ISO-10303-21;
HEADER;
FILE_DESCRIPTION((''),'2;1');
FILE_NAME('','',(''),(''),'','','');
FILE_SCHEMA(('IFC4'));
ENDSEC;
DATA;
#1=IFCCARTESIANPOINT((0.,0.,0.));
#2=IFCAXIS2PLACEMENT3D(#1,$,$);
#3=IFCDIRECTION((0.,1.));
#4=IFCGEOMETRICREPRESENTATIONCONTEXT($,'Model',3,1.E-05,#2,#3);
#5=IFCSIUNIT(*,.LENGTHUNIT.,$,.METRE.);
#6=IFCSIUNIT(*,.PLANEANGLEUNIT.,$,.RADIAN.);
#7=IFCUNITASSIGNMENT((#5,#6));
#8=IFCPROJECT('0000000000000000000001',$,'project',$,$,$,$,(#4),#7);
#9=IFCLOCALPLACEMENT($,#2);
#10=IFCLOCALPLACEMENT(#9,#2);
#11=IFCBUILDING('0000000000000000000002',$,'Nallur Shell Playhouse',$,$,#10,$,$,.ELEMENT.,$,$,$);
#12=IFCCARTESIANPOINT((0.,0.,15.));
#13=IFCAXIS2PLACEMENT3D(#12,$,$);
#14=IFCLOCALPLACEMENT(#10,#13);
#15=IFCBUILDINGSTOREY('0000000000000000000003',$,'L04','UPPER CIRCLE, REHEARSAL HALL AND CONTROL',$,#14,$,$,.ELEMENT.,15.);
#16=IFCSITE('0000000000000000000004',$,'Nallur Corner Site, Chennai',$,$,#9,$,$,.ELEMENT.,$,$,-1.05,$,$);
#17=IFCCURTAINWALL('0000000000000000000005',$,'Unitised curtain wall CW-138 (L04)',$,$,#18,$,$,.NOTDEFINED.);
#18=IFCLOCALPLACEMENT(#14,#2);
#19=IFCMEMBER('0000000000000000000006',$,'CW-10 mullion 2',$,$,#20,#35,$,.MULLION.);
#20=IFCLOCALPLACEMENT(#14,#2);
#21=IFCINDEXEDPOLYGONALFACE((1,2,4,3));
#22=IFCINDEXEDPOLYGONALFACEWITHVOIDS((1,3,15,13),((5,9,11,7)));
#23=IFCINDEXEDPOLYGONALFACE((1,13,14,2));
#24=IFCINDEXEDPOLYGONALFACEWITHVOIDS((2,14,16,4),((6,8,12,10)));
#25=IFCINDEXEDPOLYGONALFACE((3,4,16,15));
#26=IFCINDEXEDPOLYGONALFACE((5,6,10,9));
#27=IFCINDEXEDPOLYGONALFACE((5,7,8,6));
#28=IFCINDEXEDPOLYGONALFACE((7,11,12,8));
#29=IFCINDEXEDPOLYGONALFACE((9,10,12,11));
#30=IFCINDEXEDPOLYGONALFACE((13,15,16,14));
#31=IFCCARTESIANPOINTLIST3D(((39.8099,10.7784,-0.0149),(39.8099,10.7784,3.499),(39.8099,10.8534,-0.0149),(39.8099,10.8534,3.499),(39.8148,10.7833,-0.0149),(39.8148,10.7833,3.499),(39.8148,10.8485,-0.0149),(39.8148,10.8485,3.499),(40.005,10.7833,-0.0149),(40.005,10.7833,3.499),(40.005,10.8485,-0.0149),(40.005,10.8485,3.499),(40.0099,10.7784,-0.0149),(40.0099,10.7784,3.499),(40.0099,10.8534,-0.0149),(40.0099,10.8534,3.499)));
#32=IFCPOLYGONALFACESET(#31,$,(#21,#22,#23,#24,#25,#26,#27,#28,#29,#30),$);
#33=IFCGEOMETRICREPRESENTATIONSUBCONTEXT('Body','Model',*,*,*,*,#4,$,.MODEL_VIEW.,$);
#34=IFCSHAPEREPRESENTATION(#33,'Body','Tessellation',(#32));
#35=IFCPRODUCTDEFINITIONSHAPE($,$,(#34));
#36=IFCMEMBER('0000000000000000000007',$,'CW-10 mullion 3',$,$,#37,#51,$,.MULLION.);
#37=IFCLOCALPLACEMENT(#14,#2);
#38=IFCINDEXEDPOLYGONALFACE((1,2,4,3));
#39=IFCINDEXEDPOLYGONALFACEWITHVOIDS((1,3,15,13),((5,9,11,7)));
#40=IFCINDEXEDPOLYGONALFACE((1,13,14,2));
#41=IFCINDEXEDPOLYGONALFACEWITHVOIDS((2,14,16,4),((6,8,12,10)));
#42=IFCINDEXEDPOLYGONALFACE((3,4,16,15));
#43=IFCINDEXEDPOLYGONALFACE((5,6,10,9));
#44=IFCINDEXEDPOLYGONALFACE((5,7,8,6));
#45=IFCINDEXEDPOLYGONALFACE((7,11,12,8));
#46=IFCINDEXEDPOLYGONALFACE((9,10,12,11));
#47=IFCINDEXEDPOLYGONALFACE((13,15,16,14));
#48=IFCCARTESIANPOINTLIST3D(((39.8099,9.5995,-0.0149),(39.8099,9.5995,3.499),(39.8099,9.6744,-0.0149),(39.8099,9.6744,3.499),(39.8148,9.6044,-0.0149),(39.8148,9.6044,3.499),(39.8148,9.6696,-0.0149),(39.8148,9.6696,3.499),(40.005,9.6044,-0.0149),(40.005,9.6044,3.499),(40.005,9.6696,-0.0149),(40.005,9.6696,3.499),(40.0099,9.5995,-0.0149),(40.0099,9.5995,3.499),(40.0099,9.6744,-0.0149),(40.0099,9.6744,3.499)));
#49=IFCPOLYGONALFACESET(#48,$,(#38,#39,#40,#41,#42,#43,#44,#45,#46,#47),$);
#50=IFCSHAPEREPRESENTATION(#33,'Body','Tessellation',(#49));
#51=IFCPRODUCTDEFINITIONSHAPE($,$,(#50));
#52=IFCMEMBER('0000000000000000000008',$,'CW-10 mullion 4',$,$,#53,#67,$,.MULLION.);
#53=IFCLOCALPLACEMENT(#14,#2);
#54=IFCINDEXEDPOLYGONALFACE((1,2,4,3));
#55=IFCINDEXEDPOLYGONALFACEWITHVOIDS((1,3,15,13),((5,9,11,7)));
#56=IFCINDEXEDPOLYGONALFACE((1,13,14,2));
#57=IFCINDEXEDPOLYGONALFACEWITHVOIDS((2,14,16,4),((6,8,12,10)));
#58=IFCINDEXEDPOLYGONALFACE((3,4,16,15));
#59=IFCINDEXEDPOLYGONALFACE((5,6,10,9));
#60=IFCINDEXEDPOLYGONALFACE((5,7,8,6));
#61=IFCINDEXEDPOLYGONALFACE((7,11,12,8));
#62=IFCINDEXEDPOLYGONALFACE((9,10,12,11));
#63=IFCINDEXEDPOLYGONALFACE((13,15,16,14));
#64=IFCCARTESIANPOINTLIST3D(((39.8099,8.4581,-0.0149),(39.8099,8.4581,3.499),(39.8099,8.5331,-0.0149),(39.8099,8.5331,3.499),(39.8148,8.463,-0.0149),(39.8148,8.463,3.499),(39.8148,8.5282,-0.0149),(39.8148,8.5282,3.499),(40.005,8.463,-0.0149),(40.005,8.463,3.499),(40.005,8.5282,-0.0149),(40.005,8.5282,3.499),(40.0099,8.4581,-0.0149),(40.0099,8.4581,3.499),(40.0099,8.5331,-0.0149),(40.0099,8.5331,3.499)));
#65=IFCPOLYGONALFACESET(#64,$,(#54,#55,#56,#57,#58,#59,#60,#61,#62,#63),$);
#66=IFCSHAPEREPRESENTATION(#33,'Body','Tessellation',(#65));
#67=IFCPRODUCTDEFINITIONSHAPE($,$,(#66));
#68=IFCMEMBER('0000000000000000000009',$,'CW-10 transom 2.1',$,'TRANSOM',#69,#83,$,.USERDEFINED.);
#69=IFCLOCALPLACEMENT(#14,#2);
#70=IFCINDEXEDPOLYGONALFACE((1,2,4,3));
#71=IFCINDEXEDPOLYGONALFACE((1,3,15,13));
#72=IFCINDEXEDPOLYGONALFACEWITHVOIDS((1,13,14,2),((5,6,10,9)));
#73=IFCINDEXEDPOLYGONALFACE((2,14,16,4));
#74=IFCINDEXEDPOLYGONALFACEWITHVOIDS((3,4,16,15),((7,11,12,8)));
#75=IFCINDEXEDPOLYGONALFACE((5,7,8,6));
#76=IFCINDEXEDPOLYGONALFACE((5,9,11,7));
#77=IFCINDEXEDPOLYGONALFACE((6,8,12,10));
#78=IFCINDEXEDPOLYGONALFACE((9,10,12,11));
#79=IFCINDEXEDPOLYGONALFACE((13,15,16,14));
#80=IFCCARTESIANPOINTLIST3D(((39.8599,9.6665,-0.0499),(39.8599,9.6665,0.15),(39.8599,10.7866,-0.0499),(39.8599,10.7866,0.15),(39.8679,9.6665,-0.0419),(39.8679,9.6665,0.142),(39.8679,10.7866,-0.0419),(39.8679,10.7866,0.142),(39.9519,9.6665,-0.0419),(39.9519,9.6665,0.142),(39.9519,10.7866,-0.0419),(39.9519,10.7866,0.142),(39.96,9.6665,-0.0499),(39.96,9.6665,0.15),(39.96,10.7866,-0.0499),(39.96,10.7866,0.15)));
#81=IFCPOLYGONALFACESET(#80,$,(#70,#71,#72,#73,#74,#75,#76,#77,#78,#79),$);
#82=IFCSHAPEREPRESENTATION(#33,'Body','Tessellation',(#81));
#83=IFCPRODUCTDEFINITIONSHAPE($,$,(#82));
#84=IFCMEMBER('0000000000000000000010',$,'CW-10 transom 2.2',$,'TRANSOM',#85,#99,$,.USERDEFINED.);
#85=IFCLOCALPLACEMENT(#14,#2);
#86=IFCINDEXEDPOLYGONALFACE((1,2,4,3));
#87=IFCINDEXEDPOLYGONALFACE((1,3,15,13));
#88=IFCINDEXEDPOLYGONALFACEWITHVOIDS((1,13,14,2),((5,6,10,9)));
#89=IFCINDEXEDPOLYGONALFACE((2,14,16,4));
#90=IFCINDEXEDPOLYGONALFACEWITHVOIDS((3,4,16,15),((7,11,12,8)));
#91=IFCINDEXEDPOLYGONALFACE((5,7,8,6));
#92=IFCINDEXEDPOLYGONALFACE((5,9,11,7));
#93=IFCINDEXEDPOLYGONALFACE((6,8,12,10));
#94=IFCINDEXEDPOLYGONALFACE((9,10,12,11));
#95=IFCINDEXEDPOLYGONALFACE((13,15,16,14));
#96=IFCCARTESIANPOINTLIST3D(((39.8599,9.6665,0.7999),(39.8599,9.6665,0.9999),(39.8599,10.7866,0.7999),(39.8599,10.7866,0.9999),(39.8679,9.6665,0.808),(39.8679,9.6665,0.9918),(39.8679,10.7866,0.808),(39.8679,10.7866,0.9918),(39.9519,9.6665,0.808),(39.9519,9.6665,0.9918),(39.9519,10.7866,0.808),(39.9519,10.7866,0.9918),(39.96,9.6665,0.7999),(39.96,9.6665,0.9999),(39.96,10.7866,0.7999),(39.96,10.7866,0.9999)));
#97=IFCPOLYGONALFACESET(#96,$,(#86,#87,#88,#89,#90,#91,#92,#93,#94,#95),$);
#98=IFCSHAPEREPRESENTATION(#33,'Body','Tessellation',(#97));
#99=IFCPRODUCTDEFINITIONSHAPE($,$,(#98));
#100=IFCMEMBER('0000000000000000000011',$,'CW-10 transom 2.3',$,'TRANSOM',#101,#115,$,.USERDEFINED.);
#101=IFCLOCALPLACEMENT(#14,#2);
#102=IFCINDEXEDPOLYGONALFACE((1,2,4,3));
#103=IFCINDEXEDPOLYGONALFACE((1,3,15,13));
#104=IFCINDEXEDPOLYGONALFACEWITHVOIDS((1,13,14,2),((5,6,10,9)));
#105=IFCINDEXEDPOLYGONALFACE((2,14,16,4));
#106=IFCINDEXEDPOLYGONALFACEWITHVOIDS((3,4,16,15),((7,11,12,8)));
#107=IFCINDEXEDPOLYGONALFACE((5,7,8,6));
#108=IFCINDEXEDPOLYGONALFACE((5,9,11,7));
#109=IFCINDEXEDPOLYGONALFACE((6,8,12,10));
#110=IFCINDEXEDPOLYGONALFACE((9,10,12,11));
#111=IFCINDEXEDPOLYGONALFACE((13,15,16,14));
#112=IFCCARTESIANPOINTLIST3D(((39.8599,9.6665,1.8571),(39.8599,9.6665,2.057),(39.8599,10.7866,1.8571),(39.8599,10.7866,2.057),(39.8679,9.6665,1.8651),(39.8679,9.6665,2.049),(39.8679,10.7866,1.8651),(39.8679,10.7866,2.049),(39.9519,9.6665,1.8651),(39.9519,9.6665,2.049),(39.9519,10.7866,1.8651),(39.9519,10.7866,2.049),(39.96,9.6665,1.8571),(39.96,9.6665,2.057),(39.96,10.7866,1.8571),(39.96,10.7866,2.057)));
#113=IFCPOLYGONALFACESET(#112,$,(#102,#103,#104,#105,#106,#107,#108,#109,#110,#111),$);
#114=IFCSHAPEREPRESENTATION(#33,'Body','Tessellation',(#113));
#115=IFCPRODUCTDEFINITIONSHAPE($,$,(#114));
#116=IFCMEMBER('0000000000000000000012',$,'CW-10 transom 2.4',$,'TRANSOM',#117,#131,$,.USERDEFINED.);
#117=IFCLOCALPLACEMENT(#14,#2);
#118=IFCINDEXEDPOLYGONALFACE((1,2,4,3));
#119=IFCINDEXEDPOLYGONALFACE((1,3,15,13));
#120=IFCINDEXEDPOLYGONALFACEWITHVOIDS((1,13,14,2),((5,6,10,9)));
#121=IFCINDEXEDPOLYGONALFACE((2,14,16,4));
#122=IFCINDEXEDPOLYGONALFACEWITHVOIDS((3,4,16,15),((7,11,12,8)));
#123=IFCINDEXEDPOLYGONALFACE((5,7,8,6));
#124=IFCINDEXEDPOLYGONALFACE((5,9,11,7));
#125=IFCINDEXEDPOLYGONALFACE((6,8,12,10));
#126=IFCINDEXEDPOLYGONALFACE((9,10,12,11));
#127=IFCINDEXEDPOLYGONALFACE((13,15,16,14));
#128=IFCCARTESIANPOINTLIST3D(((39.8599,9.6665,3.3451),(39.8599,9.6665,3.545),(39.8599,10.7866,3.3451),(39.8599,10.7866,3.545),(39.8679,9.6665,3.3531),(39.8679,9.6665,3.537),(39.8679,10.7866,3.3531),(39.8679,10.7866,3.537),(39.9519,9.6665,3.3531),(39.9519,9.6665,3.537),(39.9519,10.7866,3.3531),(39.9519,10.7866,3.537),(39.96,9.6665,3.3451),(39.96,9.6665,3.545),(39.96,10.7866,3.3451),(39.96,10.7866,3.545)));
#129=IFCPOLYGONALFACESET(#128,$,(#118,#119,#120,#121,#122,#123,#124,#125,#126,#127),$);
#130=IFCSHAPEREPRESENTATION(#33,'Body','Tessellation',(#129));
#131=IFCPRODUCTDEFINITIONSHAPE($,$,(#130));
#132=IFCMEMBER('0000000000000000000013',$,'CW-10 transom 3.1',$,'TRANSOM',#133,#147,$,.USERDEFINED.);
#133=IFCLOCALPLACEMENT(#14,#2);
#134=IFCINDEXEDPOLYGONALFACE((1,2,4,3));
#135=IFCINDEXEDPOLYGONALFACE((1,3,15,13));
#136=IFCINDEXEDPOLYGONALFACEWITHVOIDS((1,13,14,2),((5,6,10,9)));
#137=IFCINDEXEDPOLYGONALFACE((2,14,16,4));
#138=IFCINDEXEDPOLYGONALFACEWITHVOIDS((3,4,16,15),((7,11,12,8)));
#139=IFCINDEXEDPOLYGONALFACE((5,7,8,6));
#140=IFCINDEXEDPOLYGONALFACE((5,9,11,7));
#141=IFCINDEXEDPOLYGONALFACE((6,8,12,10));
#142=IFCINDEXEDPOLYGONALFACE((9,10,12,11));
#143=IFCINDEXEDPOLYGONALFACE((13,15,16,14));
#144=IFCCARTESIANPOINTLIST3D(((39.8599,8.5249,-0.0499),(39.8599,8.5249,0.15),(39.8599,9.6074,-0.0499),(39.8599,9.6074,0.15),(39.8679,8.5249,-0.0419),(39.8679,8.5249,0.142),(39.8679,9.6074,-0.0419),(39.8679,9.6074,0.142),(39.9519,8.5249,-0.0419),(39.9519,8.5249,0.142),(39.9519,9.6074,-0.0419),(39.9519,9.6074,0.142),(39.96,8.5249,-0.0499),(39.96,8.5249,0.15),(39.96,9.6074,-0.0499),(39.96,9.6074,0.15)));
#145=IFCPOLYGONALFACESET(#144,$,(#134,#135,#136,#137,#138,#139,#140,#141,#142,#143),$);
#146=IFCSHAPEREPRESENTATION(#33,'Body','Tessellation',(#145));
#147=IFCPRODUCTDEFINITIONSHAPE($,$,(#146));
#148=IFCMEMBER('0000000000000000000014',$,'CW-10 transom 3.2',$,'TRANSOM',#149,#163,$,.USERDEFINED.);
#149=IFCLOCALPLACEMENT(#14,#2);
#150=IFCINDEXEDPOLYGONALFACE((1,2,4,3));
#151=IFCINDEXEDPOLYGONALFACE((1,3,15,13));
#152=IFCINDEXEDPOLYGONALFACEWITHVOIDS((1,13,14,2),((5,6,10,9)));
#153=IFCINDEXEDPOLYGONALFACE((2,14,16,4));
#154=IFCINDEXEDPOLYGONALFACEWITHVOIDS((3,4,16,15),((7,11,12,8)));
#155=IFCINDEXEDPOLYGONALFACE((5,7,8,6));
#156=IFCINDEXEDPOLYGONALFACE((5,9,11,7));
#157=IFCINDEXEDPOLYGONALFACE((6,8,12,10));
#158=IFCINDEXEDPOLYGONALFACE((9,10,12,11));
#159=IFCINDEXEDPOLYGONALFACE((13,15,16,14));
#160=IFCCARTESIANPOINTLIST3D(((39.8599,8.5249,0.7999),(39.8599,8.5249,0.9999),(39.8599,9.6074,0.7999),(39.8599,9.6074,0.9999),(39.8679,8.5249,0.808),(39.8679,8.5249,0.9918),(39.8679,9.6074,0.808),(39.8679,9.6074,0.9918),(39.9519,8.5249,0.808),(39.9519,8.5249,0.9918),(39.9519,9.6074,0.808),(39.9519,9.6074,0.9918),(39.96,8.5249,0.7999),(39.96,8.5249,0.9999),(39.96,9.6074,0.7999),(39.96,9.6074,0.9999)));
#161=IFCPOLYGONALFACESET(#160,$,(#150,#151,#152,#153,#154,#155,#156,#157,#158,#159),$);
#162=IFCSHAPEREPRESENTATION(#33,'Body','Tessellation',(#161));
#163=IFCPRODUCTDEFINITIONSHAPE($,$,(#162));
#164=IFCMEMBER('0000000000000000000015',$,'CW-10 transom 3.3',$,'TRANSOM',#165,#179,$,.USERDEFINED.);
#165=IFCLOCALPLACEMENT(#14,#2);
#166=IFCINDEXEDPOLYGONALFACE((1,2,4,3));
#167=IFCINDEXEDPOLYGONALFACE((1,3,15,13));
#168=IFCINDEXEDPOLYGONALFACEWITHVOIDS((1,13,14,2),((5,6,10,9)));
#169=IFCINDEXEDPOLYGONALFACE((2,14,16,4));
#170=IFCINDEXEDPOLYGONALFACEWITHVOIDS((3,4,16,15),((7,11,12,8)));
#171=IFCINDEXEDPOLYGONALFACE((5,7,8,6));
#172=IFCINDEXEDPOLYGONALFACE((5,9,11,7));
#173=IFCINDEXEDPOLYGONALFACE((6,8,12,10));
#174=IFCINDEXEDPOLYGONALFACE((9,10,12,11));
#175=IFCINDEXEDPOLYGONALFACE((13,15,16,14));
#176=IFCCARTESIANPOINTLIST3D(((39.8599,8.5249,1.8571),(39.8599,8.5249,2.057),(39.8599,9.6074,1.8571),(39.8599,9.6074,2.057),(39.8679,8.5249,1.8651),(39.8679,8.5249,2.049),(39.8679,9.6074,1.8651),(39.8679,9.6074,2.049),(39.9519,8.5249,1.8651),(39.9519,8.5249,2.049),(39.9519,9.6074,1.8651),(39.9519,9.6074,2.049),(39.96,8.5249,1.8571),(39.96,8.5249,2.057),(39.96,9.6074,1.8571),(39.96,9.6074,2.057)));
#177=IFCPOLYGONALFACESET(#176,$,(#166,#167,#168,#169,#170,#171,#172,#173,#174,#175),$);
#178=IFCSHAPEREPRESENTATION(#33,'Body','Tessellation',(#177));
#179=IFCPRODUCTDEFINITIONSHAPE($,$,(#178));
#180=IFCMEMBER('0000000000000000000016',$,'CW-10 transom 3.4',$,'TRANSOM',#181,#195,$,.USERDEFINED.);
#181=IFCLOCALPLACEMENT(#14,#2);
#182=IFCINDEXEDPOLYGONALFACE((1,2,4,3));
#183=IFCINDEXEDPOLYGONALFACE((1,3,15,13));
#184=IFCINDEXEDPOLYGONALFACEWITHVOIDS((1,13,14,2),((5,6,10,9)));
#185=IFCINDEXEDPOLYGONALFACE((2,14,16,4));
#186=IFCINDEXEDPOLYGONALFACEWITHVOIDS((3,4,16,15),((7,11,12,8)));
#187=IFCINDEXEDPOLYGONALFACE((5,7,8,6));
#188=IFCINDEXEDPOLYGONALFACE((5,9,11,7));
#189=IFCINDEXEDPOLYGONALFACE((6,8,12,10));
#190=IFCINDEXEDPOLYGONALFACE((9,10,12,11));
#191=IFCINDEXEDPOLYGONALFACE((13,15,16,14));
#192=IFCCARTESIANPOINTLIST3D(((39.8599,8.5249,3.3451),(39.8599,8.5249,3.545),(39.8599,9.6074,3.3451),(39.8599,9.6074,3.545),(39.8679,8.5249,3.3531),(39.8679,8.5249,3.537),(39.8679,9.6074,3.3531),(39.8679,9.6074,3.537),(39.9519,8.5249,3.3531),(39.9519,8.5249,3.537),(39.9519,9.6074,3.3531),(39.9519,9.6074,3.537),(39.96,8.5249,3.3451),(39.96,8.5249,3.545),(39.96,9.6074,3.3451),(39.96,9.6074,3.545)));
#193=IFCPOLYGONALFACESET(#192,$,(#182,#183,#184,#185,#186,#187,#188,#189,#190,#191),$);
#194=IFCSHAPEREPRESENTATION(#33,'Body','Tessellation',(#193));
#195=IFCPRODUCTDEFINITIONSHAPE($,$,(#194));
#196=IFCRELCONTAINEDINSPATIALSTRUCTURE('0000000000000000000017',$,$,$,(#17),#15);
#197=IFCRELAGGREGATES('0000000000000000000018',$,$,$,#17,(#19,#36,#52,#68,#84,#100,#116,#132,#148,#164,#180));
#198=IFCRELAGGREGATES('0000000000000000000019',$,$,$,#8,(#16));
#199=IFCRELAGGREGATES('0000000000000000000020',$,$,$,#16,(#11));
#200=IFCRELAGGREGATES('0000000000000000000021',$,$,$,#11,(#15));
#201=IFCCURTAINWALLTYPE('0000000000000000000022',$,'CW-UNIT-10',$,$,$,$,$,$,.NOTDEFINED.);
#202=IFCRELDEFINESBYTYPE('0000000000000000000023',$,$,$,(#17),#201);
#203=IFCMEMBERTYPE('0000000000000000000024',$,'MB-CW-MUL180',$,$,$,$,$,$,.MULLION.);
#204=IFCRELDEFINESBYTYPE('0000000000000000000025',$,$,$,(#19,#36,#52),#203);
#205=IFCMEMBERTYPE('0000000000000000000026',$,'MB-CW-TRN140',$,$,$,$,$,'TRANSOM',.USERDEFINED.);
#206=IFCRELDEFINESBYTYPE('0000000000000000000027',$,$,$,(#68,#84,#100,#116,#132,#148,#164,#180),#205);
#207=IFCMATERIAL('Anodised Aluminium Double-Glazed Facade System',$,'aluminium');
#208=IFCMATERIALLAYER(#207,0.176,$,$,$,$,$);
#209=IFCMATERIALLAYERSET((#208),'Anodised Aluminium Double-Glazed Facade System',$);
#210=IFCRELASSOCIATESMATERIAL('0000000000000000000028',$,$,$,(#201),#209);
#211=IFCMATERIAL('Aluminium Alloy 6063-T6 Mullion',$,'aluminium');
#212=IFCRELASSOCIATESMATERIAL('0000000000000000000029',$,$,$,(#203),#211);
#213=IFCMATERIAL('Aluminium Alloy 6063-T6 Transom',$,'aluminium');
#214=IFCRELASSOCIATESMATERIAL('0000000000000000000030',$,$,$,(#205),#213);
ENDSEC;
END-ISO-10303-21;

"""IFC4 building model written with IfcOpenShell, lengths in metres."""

from ifc_helpers import new_model, si_unit, direction, frame, origin, origin_2d, place, context, subcontext, project, spatial, hollow_rectangle, extrude, material, layer, layer_set, material_profile, profile_set, type_object, element, aggregate, save


model = new_model("IFC4")

# Units and contexts
model_context = context("Model", 3, precision=1e-05, world=origin(), true_north=direction((0.0, 1.0)))
body_context = subcontext(model_context, "Body", "Model", "MODEL_VIEW")
ifc_project = project(units=[si_unit("LENGTHUNIT", "METRE"), si_unit("PLANEANGLEUNIT", "RADIAN")], contexts=[model_context])

# Site, building, storey
site_placement = place(None, origin())
site = spatial("IfcSite", under=ifc_project, at=site_placement, Name="Nallur Corner Site, Chennai", CompositionType="ELEMENT", RefElevation=-1.05)
building_placement = place(site_placement, origin())
building = spatial("IfcBuilding", under=site, at=building_placement, Name="Nallur Shell Playhouse", CompositionType="ELEMENT")
storey_placement = place(building_placement, frame((0.0, 0.0, 15.0)))
storey = spatial("IfcBuildingStorey", under=building, at=storey_placement, Name="L04", Description="UPPER CIRCLE, REHEARSAL HALL AND CONTROL", CompositionType="ELEMENT", Elevation=15.0)

# Curtain wall, members
ifc_material_1 = material(Name="Anodised Aluminium Double-Glazed Facade System", Category="aluminium")
ifc_layer_1 = layer(ifc_material_1, 0.176)
ifc_layer_set_1 = layer_set([ifc_layer_1], Name="Anodised Aluminium Double-Glazed Facade System")
curtain_wall_type = type_object("IfcCurtainWallType", Name="CW-UNIT-10", PredefinedType="NOTDEFINED", material=ifc_layer_set_1)
curtain_wall_placement = place(storey_placement, origin())
curtain_wall = element("IfcCurtainWall", 1, at=curtain_wall_placement, inside=storey, type_object=curtain_wall_type, Name="Unitised curtain wall CW-138 (L04)", PredefinedType="NOTDEFINED")
ifc_material_2 = material(Name="Aluminium Alloy 6063-T6 Mullion", Category="aluminium")
ifc_material_profile_1 = material_profile(ifc_material_2, hollow_rectangle(XDim=0.075, YDim=0.2, WallThickness=0.0049, at=origin_2d()), Name="ALU 75x200x5")
ifc_profile_set_1 = profile_set([ifc_material_profile_1], Name="Aluminium Alloy 6063-T6 Mullion")
member_type_1 = type_object("IfcMemberType", Name="MB-CW-MUL180", PredefinedType="MULLION", material=ifc_profile_set_1)
member_1_placement = place(storey_placement, frame((39.9099, 10.8159, -0.0149), z_axis=(0.0, 0.0, 1.0), x_axis=(0.0, -1.0, 0.0)))
member_1 = element("IfcMember", 2, at=member_1_placement, type_object=member_type_1, Name="CW-10 mullion 2", PredefinedType="MULLION", context=body_context, shape_type="SweptSolid", body=[
    extrude(hollow_rectangle(XDim=0.075, YDim=0.2, WallThickness=0.0049, at=origin_2d()), origin(), (0.0, 0.0, 1.0), 3.5139),
])
member_2_placement = place(storey_placement, frame((39.9099, 9.637, -0.0149), z_axis=(0.0, 0.0, 1.0), x_axis=(0.0, -1.0, 0.0)))
member_2 = element("IfcMember", 3, at=member_2_placement, type_object=member_type_1, Name="CW-10 mullion 3", PredefinedType="MULLION", context=body_context, shape_type="SweptSolid", body=[
    extrude(hollow_rectangle(XDim=0.075, YDim=0.2, WallThickness=0.0049, at=origin_2d()), origin(), (0.0, 0.0, 1.0), 3.5139),
])
member_3_placement = place(storey_placement, frame((39.9099, 8.4956, -0.0149), z_axis=(0.0, 0.0, 1.0), x_axis=(0.0, -1.0, 0.0)))
member_3 = element("IfcMember", 4, at=member_3_placement, type_object=member_type_1, Name="CW-10 mullion 4", PredefinedType="MULLION", context=body_context, shape_type="SweptSolid", body=[
    extrude(hollow_rectangle(XDim=0.075, YDim=0.2, WallThickness=0.0049, at=origin_2d()), origin(), (0.0, 0.0, 1.0), 3.5139),
])
ifc_material_3 = material(Name="Aluminium Alloy 6063-T6 Transom", Category="aluminium")
ifc_material_profile_2 = material_profile(ifc_material_3, hollow_rectangle(XDim=0.1001, YDim=0.2, WallThickness=0.0081, at=origin_2d()), Name="RHS 200x100x8")
ifc_profile_set_2 = profile_set([ifc_material_profile_2], Name="Aluminium Alloy 6063-T6 Transom")
member_type_2 = type_object("IfcMemberType", Name="MB-CW-TRN140", ElementType="TRANSOM", PredefinedType="USERDEFINED", material=ifc_profile_set_2)
member_4_placement = place(storey_placement, frame((39.9099, 10.7866, 0.05), z_axis=(0.0, -1.0, 0.0), x_axis=(1.0, 0.0, 0.0)))
member_4 = element("IfcMember", 5, at=member_4_placement, type_object=member_type_2, Name="CW-10 transom 2.1", ObjectType="TRANSOM", PredefinedType="USERDEFINED", context=body_context, shape_type="SweptSolid", body=[
    extrude(hollow_rectangle(XDim=0.1001, YDim=0.2, WallThickness=0.0081, at=origin_2d()), origin(), (0.0, 0.0, 1.0), 1.1201),
])
member_5_placement = place(storey_placement, frame((39.9099, 10.7866, 0.8999), z_axis=(0.0, -1.0, 0.0), x_axis=(1.0, 0.0, 0.0)))
member_5 = element("IfcMember", 6, at=member_5_placement, type_object=member_type_2, Name="CW-10 transom 2.2", ObjectType="TRANSOM", PredefinedType="USERDEFINED", context=body_context, shape_type="SweptSolid", body=[
    extrude(hollow_rectangle(XDim=0.1001, YDim=0.2, WallThickness=0.0081, at=origin_2d()), origin(), (0.0, 0.0, 1.0), 1.1201),
])
member_6_placement = place(storey_placement, frame((39.9099, 10.7866, 1.957), z_axis=(0.0, -1.0, 0.0), x_axis=(1.0, 0.0, 0.0)))
member_6 = element("IfcMember", 7, at=member_6_placement, type_object=member_type_2, Name="CW-10 transom 2.3", ObjectType="TRANSOM", PredefinedType="USERDEFINED", context=body_context, shape_type="SweptSolid", body=[
    extrude(hollow_rectangle(XDim=0.1001, YDim=0.2, WallThickness=0.0081, at=origin_2d()), origin(), (0.0, 0.0, 1.0), 1.1201),
])
member_7_placement = place(storey_placement, frame((39.9099, 10.7866, 3.4451), z_axis=(0.0, -1.0, 0.0), x_axis=(1.0, 0.0, 0.0)))
member_7 = element("IfcMember", 8, at=member_7_placement, type_object=member_type_2, Name="CW-10 transom 2.4", ObjectType="TRANSOM", PredefinedType="USERDEFINED", context=body_context, shape_type="SweptSolid", body=[
    extrude(hollow_rectangle(XDim=0.1001, YDim=0.2, WallThickness=0.0081, at=origin_2d()), origin(), (0.0, 0.0, 1.0), 1.1201),
])
member_8_placement = place(storey_placement, frame((39.9099, 9.6074, 0.05), z_axis=(0.0, -1.0, 0.0), x_axis=(1.0, 0.0, 0.0)))
member_8 = element("IfcMember", 9, at=member_8_placement, type_object=member_type_2, Name="CW-10 transom 3.1", ObjectType="TRANSOM", PredefinedType="USERDEFINED", context=body_context, shape_type="SweptSolid", body=[
    extrude(hollow_rectangle(XDim=0.1001, YDim=0.2, WallThickness=0.0081, at=origin_2d()), origin(), (0.0, 0.0, 1.0), 1.0825),
])
member_9_placement = place(storey_placement, frame((39.9099, 9.6074, 0.8999), z_axis=(0.0, -1.0, 0.0), x_axis=(1.0, 0.0, 0.0)))
member_9 = element("IfcMember", 10, at=member_9_placement, type_object=member_type_2, Name="CW-10 transom 3.2", ObjectType="TRANSOM", PredefinedType="USERDEFINED", context=body_context, shape_type="SweptSolid", body=[
    extrude(hollow_rectangle(XDim=0.1001, YDim=0.2, WallThickness=0.0081, at=origin_2d()), origin(), (0.0, 0.0, 1.0), 1.0825),
])
member_10_placement = place(storey_placement, frame((39.9099, 9.6074, 1.957), z_axis=(0.0, -1.0, 0.0), x_axis=(1.0, 0.0, 0.0)))
member_10 = element("IfcMember", 11, at=member_10_placement, type_object=member_type_2, Name="CW-10 transom 3.3", ObjectType="TRANSOM", PredefinedType="USERDEFINED", context=body_context, shape_type="SweptSolid", body=[
    extrude(hollow_rectangle(XDim=0.1001, YDim=0.2, WallThickness=0.0081, at=origin_2d()), origin(), (0.0, 0.0, 1.0), 1.0825),
])
member_11_placement = place(storey_placement, frame((39.9099, 9.6074, 3.4451), z_axis=(0.0, -1.0, 0.0), x_axis=(1.0, 0.0, 0.0)))
member_11 = element("IfcMember", 12, at=member_11_placement, type_object=member_type_2, Name="CW-10 transom 3.4", ObjectType="TRANSOM", PredefinedType="USERDEFINED", context=body_context, shape_type="SweptSolid", body=[
    extrude(hollow_rectangle(XDim=0.1001, YDim=0.2, WallThickness=0.0081, at=origin_2d()), origin(), (0.0, 0.0, 1.0), 1.0825),
])
aggregate(curtain_wall, [member_1, member_2, member_3, member_4, member_5, member_6, member_7, member_8, member_9, member_10, member_11])

save(model, "model.ifc")
